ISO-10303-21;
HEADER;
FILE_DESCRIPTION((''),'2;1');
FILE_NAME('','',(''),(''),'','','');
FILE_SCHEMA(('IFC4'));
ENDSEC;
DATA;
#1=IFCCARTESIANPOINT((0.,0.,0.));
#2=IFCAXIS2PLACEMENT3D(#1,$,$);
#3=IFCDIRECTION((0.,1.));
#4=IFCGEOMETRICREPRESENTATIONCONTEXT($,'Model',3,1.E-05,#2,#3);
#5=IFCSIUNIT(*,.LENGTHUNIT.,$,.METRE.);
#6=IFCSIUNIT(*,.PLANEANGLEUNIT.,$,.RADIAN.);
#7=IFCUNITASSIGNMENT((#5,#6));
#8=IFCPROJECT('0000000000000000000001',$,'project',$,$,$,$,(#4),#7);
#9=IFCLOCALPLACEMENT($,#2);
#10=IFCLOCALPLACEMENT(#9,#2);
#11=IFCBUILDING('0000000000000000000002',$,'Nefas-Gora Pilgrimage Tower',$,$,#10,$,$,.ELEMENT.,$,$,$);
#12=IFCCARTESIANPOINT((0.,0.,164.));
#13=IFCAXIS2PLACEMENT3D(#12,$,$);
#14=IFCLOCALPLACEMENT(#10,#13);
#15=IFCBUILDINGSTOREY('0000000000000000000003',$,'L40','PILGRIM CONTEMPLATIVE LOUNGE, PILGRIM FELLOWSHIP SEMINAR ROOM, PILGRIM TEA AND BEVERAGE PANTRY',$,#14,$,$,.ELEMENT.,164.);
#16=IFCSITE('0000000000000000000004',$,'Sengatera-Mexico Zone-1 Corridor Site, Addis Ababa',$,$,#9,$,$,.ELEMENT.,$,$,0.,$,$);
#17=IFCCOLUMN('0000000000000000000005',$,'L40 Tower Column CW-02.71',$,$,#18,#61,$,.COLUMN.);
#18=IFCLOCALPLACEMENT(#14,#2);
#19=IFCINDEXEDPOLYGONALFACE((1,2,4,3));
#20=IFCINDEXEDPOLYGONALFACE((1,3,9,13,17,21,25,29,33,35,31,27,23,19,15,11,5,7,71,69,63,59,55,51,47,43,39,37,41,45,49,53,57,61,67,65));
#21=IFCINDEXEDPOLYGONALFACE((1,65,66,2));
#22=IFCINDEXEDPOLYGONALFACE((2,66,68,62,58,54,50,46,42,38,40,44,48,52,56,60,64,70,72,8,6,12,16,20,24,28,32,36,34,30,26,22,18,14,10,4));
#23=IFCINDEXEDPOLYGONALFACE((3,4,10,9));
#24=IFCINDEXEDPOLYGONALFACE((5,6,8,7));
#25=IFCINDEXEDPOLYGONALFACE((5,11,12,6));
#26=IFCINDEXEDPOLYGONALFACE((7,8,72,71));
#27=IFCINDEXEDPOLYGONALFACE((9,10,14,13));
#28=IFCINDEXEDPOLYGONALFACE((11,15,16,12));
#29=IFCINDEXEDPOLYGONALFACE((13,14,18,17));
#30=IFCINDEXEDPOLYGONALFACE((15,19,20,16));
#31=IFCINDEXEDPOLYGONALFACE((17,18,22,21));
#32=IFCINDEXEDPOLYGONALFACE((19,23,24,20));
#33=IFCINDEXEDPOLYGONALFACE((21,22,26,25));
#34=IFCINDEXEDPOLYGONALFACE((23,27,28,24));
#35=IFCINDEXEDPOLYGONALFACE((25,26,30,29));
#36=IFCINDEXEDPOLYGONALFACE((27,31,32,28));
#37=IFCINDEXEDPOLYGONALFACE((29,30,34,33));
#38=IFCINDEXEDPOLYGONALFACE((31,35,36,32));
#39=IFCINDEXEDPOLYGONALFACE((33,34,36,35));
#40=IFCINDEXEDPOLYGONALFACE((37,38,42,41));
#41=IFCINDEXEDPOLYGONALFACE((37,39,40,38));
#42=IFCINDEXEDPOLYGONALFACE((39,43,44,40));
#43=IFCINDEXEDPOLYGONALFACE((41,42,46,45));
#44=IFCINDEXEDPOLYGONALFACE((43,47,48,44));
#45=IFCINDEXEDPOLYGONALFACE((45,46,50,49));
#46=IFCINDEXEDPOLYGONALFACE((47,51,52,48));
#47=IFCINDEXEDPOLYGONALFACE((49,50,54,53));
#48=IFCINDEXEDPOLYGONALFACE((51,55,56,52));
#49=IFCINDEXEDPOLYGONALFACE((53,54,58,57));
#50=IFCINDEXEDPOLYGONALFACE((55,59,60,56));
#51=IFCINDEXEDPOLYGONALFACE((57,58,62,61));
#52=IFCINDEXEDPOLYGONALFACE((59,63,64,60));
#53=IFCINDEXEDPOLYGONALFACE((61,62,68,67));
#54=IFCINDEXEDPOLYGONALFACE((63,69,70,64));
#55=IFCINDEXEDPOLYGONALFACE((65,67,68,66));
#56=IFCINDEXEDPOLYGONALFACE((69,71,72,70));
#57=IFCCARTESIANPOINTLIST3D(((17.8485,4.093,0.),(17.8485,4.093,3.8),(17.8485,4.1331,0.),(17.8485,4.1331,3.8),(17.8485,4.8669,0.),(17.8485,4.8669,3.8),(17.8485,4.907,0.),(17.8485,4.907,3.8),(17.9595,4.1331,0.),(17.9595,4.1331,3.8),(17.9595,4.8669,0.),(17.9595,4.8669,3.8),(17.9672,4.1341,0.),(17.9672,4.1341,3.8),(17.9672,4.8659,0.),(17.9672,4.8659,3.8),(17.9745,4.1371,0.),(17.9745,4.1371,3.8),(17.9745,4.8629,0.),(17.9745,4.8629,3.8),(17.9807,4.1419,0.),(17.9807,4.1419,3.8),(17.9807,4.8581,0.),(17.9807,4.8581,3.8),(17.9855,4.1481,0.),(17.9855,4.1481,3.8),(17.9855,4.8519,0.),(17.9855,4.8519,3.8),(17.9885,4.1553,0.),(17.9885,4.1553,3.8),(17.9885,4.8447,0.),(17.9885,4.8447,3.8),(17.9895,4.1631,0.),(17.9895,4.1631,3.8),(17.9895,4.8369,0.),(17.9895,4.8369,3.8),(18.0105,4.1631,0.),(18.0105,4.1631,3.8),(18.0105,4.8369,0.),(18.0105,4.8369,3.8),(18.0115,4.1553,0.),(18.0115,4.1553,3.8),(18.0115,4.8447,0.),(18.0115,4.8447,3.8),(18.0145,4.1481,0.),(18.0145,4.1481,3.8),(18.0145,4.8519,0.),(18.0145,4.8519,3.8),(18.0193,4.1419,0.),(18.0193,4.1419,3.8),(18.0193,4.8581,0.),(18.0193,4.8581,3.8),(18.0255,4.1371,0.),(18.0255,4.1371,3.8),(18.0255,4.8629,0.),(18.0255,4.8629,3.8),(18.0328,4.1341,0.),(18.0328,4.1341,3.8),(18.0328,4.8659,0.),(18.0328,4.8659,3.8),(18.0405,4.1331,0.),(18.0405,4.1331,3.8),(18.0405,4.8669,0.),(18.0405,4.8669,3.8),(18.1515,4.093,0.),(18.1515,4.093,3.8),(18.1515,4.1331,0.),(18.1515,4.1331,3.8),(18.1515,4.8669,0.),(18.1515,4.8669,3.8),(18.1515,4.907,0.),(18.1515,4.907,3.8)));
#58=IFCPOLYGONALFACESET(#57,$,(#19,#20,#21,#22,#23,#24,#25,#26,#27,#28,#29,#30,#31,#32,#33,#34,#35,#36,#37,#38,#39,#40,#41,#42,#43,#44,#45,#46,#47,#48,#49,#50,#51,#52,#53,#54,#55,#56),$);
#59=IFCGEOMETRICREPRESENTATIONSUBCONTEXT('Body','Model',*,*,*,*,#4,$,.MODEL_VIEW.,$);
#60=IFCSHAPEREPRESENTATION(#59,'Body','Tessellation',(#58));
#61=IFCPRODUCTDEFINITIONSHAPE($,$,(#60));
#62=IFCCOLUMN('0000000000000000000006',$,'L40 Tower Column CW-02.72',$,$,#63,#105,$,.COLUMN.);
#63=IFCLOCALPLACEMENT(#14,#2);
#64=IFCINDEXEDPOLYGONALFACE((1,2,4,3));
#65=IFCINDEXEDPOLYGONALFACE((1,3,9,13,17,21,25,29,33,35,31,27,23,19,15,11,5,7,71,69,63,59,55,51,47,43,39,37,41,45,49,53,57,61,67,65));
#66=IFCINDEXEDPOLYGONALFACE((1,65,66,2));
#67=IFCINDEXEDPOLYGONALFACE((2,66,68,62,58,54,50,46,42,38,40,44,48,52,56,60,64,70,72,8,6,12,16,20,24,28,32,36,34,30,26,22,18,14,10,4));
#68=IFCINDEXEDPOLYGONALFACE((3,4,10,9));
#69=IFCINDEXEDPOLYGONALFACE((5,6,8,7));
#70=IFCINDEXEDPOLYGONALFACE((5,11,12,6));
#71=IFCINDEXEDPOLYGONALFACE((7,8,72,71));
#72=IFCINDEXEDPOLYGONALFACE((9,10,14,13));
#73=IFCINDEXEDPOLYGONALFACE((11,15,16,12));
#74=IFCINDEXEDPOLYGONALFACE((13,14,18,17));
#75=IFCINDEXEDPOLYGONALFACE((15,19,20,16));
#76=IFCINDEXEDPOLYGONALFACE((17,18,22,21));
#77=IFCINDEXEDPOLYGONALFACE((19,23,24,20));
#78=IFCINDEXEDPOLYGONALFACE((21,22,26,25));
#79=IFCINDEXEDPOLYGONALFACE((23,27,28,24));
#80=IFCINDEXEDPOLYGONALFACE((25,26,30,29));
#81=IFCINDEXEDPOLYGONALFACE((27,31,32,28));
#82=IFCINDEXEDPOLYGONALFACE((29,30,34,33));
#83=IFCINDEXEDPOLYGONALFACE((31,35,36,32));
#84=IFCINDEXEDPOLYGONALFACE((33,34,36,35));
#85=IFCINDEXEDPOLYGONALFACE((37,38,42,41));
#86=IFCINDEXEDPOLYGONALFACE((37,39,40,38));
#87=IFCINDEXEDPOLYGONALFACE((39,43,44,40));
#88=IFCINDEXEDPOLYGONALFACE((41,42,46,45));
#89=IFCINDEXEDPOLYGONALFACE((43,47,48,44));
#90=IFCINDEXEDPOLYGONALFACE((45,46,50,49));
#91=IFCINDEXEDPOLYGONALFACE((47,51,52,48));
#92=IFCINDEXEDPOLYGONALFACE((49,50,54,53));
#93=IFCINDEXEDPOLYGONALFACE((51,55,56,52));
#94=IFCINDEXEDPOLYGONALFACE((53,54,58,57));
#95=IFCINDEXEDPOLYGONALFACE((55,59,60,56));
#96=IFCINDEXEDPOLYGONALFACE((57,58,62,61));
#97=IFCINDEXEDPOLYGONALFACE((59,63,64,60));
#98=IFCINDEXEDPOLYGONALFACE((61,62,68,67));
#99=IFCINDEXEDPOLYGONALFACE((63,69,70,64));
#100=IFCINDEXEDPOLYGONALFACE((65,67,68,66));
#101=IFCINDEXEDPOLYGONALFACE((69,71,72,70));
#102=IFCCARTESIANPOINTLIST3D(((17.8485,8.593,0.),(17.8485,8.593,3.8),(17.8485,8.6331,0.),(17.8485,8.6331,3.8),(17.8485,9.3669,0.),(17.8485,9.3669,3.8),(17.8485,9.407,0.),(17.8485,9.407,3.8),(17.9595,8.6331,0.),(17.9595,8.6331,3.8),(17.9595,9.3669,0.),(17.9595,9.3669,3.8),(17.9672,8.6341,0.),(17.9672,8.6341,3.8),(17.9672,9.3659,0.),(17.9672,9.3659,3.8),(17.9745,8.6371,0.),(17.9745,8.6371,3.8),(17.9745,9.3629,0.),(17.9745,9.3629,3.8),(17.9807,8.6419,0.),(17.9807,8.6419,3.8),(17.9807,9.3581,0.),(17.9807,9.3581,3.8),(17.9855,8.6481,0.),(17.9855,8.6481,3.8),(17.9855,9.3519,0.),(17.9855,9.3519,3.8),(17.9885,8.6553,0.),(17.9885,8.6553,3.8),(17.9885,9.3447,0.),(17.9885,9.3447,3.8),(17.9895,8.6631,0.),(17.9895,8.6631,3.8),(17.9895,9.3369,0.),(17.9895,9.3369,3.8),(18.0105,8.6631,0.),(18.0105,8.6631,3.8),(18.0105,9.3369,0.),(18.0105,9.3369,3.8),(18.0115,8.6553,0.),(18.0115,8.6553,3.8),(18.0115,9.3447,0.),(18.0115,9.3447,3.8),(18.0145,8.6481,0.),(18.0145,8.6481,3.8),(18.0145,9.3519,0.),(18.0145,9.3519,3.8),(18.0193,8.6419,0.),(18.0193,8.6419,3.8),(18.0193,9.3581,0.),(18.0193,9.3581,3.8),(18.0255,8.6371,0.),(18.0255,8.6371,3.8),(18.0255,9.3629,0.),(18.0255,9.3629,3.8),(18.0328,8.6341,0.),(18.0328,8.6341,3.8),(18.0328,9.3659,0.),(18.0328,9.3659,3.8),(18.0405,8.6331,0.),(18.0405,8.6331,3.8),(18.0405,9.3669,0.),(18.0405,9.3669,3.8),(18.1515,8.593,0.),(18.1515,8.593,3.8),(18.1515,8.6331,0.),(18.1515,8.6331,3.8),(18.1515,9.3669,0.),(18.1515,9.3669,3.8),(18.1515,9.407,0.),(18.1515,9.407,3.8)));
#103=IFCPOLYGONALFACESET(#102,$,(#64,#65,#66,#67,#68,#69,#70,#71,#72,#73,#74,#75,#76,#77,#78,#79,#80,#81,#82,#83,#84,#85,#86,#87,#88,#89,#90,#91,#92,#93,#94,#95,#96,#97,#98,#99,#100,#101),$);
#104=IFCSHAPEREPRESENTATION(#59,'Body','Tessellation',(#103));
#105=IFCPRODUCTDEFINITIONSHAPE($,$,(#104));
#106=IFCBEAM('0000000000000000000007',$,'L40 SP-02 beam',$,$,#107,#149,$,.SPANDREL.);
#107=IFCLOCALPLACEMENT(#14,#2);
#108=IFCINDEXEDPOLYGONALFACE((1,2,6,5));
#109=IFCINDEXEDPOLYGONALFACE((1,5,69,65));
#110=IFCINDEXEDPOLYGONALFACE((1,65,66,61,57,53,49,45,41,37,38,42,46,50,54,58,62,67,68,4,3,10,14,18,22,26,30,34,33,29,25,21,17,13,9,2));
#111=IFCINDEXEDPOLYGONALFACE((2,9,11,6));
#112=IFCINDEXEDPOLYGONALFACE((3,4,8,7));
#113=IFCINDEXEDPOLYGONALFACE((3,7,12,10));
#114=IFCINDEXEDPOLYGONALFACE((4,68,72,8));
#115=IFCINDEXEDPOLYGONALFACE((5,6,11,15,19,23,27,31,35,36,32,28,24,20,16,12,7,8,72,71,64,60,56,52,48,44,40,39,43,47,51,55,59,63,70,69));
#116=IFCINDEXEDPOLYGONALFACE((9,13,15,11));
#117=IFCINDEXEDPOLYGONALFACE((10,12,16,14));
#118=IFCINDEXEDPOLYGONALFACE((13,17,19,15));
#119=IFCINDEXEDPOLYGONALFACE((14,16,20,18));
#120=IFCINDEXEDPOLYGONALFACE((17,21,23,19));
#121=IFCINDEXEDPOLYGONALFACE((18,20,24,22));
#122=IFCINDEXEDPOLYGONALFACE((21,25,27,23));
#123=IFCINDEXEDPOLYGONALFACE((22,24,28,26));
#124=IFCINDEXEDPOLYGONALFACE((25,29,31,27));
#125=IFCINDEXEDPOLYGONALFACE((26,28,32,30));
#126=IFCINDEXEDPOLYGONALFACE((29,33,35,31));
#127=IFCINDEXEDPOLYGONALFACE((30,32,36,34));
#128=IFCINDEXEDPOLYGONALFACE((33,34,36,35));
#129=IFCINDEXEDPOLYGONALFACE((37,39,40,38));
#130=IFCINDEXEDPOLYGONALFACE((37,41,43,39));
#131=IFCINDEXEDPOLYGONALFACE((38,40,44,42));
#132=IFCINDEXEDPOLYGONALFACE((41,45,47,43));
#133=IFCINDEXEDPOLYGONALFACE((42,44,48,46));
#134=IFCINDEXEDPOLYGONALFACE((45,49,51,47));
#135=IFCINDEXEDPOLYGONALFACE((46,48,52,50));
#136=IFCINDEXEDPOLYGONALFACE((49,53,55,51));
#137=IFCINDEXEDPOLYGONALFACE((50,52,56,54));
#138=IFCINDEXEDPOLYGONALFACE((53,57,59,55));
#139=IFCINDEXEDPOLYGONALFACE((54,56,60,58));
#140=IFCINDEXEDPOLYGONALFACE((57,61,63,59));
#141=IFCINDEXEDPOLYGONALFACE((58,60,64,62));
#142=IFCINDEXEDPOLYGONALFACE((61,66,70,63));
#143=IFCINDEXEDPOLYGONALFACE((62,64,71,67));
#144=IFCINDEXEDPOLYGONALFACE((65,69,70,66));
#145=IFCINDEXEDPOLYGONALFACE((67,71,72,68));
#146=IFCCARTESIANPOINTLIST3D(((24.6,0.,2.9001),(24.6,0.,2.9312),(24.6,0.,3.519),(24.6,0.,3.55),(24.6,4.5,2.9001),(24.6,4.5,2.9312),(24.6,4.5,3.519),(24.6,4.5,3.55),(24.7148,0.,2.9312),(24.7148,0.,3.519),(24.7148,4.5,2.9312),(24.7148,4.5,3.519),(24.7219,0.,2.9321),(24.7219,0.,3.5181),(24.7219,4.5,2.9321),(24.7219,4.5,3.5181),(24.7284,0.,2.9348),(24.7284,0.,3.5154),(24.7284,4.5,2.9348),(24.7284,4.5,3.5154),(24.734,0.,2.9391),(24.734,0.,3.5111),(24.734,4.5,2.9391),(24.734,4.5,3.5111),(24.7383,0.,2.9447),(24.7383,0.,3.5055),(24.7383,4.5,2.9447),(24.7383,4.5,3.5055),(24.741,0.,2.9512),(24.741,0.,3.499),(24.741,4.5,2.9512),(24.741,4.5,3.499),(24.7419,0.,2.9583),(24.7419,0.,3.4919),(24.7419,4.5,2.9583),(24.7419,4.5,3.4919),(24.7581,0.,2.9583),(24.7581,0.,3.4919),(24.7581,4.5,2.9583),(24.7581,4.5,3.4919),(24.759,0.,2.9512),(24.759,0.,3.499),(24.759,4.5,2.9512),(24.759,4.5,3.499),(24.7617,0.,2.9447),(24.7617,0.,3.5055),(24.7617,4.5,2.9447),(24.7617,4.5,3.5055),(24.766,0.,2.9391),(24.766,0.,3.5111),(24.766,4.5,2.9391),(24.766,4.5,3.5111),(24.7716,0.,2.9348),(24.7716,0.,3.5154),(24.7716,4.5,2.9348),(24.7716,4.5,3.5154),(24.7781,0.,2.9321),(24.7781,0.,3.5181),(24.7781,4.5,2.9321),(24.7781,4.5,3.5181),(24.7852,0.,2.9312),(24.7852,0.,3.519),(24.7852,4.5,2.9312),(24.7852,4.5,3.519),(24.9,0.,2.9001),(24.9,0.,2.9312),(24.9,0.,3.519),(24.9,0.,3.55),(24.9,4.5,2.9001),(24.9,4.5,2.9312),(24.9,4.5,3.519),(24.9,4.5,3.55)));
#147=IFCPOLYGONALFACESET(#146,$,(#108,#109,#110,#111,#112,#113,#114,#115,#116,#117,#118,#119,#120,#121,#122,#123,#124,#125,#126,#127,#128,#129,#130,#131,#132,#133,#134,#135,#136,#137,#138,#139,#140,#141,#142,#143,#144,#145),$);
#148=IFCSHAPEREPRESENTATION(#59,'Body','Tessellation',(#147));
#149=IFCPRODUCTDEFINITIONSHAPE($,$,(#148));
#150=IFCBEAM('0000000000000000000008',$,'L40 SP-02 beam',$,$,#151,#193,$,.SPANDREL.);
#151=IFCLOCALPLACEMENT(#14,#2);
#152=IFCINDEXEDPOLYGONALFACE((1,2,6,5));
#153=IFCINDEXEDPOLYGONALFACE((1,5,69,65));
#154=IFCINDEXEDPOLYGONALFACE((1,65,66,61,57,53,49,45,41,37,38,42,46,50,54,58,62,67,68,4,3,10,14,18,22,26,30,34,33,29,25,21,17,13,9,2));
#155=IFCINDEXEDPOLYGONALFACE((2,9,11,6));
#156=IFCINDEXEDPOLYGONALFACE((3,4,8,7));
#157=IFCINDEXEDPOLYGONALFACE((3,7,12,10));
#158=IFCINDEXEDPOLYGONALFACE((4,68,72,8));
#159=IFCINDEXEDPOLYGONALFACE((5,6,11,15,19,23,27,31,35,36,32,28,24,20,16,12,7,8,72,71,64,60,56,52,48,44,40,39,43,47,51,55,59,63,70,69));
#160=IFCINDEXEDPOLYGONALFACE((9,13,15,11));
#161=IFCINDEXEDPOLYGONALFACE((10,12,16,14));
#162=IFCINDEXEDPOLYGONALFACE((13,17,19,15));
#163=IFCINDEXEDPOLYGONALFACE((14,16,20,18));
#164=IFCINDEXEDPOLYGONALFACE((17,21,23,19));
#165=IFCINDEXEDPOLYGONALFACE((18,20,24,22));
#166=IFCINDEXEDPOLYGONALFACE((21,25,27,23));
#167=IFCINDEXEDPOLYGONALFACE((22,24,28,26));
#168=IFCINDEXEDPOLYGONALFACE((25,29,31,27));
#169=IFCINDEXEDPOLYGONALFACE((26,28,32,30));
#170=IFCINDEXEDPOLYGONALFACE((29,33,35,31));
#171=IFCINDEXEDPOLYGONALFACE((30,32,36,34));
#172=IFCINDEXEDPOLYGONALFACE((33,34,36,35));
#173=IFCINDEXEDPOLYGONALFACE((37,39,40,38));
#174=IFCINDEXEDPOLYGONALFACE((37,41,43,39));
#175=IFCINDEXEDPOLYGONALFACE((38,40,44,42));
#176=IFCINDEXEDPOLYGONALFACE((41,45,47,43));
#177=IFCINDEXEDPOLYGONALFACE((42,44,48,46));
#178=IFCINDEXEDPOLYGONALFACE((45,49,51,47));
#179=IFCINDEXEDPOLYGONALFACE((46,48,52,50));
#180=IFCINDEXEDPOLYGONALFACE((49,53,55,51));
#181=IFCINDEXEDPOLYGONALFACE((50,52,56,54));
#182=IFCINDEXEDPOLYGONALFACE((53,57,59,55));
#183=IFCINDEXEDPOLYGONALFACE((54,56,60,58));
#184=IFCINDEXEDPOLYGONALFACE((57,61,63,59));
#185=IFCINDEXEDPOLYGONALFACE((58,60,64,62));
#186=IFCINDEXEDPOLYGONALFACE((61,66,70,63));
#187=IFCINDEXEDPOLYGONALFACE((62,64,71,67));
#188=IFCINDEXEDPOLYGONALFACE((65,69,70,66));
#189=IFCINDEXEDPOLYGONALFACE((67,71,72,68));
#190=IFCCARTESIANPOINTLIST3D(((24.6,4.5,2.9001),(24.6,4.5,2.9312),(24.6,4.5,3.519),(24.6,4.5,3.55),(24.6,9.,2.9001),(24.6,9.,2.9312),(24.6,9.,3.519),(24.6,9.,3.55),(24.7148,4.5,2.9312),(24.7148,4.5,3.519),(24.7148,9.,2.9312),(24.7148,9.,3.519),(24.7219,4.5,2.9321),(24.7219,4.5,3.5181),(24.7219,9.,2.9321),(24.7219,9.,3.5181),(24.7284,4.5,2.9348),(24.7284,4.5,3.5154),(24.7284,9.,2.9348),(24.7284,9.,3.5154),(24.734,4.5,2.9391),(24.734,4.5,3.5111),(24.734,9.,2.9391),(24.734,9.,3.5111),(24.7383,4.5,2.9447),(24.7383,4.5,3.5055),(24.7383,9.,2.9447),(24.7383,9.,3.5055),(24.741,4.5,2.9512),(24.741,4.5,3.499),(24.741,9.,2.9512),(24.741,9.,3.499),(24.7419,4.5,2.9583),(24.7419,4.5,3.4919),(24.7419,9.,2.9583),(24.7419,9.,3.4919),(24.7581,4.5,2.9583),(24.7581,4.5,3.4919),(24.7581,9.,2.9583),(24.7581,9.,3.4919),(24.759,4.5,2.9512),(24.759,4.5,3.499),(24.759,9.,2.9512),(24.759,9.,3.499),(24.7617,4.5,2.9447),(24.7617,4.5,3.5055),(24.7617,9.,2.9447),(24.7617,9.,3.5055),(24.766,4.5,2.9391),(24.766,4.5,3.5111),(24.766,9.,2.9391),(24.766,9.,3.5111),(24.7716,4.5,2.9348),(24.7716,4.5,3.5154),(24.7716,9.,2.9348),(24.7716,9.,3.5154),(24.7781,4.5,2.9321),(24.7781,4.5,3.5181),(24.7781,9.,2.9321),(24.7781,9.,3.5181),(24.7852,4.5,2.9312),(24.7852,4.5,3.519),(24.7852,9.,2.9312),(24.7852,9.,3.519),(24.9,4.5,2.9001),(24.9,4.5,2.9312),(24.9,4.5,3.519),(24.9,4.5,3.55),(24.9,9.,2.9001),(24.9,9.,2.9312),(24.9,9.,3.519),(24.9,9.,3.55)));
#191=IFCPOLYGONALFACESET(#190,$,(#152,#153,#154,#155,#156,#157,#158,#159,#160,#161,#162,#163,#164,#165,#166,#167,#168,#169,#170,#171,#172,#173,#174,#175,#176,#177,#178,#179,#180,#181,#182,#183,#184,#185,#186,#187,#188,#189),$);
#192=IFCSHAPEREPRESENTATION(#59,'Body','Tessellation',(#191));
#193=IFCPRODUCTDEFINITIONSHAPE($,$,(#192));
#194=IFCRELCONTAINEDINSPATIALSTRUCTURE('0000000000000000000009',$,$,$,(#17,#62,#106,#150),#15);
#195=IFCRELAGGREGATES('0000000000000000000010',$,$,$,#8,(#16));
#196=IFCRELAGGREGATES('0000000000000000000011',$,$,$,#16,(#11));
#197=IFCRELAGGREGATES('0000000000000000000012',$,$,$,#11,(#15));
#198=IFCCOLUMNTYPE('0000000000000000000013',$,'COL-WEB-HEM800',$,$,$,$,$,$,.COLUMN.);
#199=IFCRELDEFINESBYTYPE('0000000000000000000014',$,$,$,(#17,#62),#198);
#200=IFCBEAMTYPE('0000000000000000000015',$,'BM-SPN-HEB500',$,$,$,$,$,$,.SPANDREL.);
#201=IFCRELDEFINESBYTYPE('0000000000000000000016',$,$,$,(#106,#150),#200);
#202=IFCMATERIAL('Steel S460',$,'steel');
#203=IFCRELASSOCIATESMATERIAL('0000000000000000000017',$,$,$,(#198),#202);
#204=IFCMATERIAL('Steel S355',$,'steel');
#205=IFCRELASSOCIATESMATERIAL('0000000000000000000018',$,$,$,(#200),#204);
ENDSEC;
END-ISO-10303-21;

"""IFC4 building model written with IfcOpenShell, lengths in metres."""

from ifc_helpers import new_model, si_unit, direction, frame, origin, origin_2d, place, context, subcontext, project, spatial, i_section, extrude, source, transform, mapped, material, material_profile, profile_set, type_object, element, save


model = new_model("IFC4")

# Units and contexts
model_context = context("Model", 3, precision=1e-05, world=origin(), true_north=direction((0.0, 1.0)))
body_context = subcontext(model_context, "Body", "Model", "MODEL_VIEW")
ifc_project = project(units=[si_unit("LENGTHUNIT", "METRE"), si_unit("PLANEANGLEUNIT", "RADIAN")], contexts=[model_context])

# Site, building, storey
site_placement = place(None, origin())
site = spatial("IfcSite", under=ifc_project, at=site_placement, Name="Sengatera-Mexico Zone-1 Corridor Site, Addis Ababa", CompositionType="ELEMENT", RefElevation=0.0)
building_placement = place(site_placement, origin())
building = spatial("IfcBuilding", under=site, at=building_placement, Name="Nefas-Gora Pilgrimage Tower", CompositionType="ELEMENT")
storey_placement = place(building_placement, frame((0.0, 0.0, 164.0)))
storey = spatial("IfcBuildingStorey", under=building, at=storey_placement, Name="L40", Description="PILGRIM CONTEMPLATIVE LOUNGE, PILGRIM FELLOWSHIP SEMINAR ROOM, PILGRIM TEA AND BEVERAGE PANTRY", CompositionType="ELEMENT", Elevation=164.0)

# Columns
ifc_material_1 = material(Name="Steel S460", Category="steel")
ifc_material_profile_1 = material_profile(ifc_material_1, i_section(OverallWidth=0.303, OverallDepth=0.814, WebThickness=0.021, FlangeThickness=0.04, FilletRadius=0.03, at=origin_2d()), Name="HEM 800")
ifc_profile_set_1 = profile_set([ifc_material_profile_1], Name="Steel S460")
column_type_1 = type_object("IfcColumnType", Name="COL-WEB-HEM800", PredefinedType="COLUMN", material=ifc_profile_set_1)
shared_shape_1 = source(origin(), body_context, "Body", "SweptSolid", [
    extrude(i_section(OverallWidth=0.303, OverallDepth=0.814, WebThickness=0.021, FlangeThickness=0.04, FilletRadius=0.03, at=origin_2d()), origin(), (0.0, 0.0, 1.0), 3.8),
])
for number, where, z_axis, x_axis, name in (
    (1, (18.0, 4.5, 0.0), (0.0, 0.0, 1.0), (1.0, 0.0, 0.0), "L40 Tower Column CW-02.71"),
    (2, (18.0, 9.0, 0.0), (0.0, 0.0, 1.0), (1.0, 0.0, 0.0), "L40 Tower Column CW-02.72"),
):
    element("IfcColumn", number, at=place(storey_placement, frame(where, z_axis=z_axis, x_axis=x_axis)), inside=storey, type_object=column_type_1, Name=name, PredefinedType="COLUMN", context=body_context, shape_type="MappedRepresentation", body=[
        mapped(shared_shape_1, transform((0.0, 0.0, 0.0), x_axis=(1.0, 0.0, 0.0), y_axis=(0.0, 1.0, 0.0), z_axis=(0.0, 0.0, 1.0), scale=1.0)),
    ])

# Beams
ifc_material_2 = material(Name="Steel S355", Category="steel")
ifc_material_profile_2 = material_profile(ifc_material_2, i_section(OverallWidth=0.3, OverallDepth=0.6499, WebThickness=0.0161, FlangeThickness=0.031, FilletRadius=0.0271, at=origin_2d()), Name="HEB 650")
ifc_profile_set_2 = profile_set([ifc_material_profile_2], Name="Steel S355")
beam_type_1 = type_object("IfcBeamType", Name="BM-SPN-HEB500", PredefinedType="SPANDREL", material=ifc_profile_set_2)
shared_shape_2 = source(origin(), body_context, "Body", "SweptSolid", [
    extrude(i_section(OverallWidth=0.3, OverallDepth=0.6499, WebThickness=0.0161, FlangeThickness=0.031, FilletRadius=0.0271, at=origin_2d()), origin(), (0.0, 0.0, 1.0), 4.5),
])
for number, where, z_axis, x_axis, name in (
    (3, (24.75, 0.0, 3.2251), (0.0, 1.0, 0.0), (-1.0, 0.0, 0.0), "L40 SP-02 beam"),
    (4, (24.75, 4.5, 3.2251), (0.0, 1.0, 0.0), (-1.0, 0.0, 0.0), "L40 SP-02 beam"),
):
    element("IfcBeam", number, at=place(storey_placement, frame(where, z_axis=z_axis, x_axis=x_axis)), inside=storey, type_object=beam_type_1, Name=name, PredefinedType="SPANDREL", context=body_context, shape_type="MappedRepresentation", body=[
        mapped(shared_shape_2, transform((0.0, 0.0, 0.0), x_axis=(1.0, 0.0, 0.0), y_axis=(0.0, 1.0, 0.0), z_axis=(0.0, 0.0, 1.0), scale=1.0)),
    ])

save(model, "model.ifc")
